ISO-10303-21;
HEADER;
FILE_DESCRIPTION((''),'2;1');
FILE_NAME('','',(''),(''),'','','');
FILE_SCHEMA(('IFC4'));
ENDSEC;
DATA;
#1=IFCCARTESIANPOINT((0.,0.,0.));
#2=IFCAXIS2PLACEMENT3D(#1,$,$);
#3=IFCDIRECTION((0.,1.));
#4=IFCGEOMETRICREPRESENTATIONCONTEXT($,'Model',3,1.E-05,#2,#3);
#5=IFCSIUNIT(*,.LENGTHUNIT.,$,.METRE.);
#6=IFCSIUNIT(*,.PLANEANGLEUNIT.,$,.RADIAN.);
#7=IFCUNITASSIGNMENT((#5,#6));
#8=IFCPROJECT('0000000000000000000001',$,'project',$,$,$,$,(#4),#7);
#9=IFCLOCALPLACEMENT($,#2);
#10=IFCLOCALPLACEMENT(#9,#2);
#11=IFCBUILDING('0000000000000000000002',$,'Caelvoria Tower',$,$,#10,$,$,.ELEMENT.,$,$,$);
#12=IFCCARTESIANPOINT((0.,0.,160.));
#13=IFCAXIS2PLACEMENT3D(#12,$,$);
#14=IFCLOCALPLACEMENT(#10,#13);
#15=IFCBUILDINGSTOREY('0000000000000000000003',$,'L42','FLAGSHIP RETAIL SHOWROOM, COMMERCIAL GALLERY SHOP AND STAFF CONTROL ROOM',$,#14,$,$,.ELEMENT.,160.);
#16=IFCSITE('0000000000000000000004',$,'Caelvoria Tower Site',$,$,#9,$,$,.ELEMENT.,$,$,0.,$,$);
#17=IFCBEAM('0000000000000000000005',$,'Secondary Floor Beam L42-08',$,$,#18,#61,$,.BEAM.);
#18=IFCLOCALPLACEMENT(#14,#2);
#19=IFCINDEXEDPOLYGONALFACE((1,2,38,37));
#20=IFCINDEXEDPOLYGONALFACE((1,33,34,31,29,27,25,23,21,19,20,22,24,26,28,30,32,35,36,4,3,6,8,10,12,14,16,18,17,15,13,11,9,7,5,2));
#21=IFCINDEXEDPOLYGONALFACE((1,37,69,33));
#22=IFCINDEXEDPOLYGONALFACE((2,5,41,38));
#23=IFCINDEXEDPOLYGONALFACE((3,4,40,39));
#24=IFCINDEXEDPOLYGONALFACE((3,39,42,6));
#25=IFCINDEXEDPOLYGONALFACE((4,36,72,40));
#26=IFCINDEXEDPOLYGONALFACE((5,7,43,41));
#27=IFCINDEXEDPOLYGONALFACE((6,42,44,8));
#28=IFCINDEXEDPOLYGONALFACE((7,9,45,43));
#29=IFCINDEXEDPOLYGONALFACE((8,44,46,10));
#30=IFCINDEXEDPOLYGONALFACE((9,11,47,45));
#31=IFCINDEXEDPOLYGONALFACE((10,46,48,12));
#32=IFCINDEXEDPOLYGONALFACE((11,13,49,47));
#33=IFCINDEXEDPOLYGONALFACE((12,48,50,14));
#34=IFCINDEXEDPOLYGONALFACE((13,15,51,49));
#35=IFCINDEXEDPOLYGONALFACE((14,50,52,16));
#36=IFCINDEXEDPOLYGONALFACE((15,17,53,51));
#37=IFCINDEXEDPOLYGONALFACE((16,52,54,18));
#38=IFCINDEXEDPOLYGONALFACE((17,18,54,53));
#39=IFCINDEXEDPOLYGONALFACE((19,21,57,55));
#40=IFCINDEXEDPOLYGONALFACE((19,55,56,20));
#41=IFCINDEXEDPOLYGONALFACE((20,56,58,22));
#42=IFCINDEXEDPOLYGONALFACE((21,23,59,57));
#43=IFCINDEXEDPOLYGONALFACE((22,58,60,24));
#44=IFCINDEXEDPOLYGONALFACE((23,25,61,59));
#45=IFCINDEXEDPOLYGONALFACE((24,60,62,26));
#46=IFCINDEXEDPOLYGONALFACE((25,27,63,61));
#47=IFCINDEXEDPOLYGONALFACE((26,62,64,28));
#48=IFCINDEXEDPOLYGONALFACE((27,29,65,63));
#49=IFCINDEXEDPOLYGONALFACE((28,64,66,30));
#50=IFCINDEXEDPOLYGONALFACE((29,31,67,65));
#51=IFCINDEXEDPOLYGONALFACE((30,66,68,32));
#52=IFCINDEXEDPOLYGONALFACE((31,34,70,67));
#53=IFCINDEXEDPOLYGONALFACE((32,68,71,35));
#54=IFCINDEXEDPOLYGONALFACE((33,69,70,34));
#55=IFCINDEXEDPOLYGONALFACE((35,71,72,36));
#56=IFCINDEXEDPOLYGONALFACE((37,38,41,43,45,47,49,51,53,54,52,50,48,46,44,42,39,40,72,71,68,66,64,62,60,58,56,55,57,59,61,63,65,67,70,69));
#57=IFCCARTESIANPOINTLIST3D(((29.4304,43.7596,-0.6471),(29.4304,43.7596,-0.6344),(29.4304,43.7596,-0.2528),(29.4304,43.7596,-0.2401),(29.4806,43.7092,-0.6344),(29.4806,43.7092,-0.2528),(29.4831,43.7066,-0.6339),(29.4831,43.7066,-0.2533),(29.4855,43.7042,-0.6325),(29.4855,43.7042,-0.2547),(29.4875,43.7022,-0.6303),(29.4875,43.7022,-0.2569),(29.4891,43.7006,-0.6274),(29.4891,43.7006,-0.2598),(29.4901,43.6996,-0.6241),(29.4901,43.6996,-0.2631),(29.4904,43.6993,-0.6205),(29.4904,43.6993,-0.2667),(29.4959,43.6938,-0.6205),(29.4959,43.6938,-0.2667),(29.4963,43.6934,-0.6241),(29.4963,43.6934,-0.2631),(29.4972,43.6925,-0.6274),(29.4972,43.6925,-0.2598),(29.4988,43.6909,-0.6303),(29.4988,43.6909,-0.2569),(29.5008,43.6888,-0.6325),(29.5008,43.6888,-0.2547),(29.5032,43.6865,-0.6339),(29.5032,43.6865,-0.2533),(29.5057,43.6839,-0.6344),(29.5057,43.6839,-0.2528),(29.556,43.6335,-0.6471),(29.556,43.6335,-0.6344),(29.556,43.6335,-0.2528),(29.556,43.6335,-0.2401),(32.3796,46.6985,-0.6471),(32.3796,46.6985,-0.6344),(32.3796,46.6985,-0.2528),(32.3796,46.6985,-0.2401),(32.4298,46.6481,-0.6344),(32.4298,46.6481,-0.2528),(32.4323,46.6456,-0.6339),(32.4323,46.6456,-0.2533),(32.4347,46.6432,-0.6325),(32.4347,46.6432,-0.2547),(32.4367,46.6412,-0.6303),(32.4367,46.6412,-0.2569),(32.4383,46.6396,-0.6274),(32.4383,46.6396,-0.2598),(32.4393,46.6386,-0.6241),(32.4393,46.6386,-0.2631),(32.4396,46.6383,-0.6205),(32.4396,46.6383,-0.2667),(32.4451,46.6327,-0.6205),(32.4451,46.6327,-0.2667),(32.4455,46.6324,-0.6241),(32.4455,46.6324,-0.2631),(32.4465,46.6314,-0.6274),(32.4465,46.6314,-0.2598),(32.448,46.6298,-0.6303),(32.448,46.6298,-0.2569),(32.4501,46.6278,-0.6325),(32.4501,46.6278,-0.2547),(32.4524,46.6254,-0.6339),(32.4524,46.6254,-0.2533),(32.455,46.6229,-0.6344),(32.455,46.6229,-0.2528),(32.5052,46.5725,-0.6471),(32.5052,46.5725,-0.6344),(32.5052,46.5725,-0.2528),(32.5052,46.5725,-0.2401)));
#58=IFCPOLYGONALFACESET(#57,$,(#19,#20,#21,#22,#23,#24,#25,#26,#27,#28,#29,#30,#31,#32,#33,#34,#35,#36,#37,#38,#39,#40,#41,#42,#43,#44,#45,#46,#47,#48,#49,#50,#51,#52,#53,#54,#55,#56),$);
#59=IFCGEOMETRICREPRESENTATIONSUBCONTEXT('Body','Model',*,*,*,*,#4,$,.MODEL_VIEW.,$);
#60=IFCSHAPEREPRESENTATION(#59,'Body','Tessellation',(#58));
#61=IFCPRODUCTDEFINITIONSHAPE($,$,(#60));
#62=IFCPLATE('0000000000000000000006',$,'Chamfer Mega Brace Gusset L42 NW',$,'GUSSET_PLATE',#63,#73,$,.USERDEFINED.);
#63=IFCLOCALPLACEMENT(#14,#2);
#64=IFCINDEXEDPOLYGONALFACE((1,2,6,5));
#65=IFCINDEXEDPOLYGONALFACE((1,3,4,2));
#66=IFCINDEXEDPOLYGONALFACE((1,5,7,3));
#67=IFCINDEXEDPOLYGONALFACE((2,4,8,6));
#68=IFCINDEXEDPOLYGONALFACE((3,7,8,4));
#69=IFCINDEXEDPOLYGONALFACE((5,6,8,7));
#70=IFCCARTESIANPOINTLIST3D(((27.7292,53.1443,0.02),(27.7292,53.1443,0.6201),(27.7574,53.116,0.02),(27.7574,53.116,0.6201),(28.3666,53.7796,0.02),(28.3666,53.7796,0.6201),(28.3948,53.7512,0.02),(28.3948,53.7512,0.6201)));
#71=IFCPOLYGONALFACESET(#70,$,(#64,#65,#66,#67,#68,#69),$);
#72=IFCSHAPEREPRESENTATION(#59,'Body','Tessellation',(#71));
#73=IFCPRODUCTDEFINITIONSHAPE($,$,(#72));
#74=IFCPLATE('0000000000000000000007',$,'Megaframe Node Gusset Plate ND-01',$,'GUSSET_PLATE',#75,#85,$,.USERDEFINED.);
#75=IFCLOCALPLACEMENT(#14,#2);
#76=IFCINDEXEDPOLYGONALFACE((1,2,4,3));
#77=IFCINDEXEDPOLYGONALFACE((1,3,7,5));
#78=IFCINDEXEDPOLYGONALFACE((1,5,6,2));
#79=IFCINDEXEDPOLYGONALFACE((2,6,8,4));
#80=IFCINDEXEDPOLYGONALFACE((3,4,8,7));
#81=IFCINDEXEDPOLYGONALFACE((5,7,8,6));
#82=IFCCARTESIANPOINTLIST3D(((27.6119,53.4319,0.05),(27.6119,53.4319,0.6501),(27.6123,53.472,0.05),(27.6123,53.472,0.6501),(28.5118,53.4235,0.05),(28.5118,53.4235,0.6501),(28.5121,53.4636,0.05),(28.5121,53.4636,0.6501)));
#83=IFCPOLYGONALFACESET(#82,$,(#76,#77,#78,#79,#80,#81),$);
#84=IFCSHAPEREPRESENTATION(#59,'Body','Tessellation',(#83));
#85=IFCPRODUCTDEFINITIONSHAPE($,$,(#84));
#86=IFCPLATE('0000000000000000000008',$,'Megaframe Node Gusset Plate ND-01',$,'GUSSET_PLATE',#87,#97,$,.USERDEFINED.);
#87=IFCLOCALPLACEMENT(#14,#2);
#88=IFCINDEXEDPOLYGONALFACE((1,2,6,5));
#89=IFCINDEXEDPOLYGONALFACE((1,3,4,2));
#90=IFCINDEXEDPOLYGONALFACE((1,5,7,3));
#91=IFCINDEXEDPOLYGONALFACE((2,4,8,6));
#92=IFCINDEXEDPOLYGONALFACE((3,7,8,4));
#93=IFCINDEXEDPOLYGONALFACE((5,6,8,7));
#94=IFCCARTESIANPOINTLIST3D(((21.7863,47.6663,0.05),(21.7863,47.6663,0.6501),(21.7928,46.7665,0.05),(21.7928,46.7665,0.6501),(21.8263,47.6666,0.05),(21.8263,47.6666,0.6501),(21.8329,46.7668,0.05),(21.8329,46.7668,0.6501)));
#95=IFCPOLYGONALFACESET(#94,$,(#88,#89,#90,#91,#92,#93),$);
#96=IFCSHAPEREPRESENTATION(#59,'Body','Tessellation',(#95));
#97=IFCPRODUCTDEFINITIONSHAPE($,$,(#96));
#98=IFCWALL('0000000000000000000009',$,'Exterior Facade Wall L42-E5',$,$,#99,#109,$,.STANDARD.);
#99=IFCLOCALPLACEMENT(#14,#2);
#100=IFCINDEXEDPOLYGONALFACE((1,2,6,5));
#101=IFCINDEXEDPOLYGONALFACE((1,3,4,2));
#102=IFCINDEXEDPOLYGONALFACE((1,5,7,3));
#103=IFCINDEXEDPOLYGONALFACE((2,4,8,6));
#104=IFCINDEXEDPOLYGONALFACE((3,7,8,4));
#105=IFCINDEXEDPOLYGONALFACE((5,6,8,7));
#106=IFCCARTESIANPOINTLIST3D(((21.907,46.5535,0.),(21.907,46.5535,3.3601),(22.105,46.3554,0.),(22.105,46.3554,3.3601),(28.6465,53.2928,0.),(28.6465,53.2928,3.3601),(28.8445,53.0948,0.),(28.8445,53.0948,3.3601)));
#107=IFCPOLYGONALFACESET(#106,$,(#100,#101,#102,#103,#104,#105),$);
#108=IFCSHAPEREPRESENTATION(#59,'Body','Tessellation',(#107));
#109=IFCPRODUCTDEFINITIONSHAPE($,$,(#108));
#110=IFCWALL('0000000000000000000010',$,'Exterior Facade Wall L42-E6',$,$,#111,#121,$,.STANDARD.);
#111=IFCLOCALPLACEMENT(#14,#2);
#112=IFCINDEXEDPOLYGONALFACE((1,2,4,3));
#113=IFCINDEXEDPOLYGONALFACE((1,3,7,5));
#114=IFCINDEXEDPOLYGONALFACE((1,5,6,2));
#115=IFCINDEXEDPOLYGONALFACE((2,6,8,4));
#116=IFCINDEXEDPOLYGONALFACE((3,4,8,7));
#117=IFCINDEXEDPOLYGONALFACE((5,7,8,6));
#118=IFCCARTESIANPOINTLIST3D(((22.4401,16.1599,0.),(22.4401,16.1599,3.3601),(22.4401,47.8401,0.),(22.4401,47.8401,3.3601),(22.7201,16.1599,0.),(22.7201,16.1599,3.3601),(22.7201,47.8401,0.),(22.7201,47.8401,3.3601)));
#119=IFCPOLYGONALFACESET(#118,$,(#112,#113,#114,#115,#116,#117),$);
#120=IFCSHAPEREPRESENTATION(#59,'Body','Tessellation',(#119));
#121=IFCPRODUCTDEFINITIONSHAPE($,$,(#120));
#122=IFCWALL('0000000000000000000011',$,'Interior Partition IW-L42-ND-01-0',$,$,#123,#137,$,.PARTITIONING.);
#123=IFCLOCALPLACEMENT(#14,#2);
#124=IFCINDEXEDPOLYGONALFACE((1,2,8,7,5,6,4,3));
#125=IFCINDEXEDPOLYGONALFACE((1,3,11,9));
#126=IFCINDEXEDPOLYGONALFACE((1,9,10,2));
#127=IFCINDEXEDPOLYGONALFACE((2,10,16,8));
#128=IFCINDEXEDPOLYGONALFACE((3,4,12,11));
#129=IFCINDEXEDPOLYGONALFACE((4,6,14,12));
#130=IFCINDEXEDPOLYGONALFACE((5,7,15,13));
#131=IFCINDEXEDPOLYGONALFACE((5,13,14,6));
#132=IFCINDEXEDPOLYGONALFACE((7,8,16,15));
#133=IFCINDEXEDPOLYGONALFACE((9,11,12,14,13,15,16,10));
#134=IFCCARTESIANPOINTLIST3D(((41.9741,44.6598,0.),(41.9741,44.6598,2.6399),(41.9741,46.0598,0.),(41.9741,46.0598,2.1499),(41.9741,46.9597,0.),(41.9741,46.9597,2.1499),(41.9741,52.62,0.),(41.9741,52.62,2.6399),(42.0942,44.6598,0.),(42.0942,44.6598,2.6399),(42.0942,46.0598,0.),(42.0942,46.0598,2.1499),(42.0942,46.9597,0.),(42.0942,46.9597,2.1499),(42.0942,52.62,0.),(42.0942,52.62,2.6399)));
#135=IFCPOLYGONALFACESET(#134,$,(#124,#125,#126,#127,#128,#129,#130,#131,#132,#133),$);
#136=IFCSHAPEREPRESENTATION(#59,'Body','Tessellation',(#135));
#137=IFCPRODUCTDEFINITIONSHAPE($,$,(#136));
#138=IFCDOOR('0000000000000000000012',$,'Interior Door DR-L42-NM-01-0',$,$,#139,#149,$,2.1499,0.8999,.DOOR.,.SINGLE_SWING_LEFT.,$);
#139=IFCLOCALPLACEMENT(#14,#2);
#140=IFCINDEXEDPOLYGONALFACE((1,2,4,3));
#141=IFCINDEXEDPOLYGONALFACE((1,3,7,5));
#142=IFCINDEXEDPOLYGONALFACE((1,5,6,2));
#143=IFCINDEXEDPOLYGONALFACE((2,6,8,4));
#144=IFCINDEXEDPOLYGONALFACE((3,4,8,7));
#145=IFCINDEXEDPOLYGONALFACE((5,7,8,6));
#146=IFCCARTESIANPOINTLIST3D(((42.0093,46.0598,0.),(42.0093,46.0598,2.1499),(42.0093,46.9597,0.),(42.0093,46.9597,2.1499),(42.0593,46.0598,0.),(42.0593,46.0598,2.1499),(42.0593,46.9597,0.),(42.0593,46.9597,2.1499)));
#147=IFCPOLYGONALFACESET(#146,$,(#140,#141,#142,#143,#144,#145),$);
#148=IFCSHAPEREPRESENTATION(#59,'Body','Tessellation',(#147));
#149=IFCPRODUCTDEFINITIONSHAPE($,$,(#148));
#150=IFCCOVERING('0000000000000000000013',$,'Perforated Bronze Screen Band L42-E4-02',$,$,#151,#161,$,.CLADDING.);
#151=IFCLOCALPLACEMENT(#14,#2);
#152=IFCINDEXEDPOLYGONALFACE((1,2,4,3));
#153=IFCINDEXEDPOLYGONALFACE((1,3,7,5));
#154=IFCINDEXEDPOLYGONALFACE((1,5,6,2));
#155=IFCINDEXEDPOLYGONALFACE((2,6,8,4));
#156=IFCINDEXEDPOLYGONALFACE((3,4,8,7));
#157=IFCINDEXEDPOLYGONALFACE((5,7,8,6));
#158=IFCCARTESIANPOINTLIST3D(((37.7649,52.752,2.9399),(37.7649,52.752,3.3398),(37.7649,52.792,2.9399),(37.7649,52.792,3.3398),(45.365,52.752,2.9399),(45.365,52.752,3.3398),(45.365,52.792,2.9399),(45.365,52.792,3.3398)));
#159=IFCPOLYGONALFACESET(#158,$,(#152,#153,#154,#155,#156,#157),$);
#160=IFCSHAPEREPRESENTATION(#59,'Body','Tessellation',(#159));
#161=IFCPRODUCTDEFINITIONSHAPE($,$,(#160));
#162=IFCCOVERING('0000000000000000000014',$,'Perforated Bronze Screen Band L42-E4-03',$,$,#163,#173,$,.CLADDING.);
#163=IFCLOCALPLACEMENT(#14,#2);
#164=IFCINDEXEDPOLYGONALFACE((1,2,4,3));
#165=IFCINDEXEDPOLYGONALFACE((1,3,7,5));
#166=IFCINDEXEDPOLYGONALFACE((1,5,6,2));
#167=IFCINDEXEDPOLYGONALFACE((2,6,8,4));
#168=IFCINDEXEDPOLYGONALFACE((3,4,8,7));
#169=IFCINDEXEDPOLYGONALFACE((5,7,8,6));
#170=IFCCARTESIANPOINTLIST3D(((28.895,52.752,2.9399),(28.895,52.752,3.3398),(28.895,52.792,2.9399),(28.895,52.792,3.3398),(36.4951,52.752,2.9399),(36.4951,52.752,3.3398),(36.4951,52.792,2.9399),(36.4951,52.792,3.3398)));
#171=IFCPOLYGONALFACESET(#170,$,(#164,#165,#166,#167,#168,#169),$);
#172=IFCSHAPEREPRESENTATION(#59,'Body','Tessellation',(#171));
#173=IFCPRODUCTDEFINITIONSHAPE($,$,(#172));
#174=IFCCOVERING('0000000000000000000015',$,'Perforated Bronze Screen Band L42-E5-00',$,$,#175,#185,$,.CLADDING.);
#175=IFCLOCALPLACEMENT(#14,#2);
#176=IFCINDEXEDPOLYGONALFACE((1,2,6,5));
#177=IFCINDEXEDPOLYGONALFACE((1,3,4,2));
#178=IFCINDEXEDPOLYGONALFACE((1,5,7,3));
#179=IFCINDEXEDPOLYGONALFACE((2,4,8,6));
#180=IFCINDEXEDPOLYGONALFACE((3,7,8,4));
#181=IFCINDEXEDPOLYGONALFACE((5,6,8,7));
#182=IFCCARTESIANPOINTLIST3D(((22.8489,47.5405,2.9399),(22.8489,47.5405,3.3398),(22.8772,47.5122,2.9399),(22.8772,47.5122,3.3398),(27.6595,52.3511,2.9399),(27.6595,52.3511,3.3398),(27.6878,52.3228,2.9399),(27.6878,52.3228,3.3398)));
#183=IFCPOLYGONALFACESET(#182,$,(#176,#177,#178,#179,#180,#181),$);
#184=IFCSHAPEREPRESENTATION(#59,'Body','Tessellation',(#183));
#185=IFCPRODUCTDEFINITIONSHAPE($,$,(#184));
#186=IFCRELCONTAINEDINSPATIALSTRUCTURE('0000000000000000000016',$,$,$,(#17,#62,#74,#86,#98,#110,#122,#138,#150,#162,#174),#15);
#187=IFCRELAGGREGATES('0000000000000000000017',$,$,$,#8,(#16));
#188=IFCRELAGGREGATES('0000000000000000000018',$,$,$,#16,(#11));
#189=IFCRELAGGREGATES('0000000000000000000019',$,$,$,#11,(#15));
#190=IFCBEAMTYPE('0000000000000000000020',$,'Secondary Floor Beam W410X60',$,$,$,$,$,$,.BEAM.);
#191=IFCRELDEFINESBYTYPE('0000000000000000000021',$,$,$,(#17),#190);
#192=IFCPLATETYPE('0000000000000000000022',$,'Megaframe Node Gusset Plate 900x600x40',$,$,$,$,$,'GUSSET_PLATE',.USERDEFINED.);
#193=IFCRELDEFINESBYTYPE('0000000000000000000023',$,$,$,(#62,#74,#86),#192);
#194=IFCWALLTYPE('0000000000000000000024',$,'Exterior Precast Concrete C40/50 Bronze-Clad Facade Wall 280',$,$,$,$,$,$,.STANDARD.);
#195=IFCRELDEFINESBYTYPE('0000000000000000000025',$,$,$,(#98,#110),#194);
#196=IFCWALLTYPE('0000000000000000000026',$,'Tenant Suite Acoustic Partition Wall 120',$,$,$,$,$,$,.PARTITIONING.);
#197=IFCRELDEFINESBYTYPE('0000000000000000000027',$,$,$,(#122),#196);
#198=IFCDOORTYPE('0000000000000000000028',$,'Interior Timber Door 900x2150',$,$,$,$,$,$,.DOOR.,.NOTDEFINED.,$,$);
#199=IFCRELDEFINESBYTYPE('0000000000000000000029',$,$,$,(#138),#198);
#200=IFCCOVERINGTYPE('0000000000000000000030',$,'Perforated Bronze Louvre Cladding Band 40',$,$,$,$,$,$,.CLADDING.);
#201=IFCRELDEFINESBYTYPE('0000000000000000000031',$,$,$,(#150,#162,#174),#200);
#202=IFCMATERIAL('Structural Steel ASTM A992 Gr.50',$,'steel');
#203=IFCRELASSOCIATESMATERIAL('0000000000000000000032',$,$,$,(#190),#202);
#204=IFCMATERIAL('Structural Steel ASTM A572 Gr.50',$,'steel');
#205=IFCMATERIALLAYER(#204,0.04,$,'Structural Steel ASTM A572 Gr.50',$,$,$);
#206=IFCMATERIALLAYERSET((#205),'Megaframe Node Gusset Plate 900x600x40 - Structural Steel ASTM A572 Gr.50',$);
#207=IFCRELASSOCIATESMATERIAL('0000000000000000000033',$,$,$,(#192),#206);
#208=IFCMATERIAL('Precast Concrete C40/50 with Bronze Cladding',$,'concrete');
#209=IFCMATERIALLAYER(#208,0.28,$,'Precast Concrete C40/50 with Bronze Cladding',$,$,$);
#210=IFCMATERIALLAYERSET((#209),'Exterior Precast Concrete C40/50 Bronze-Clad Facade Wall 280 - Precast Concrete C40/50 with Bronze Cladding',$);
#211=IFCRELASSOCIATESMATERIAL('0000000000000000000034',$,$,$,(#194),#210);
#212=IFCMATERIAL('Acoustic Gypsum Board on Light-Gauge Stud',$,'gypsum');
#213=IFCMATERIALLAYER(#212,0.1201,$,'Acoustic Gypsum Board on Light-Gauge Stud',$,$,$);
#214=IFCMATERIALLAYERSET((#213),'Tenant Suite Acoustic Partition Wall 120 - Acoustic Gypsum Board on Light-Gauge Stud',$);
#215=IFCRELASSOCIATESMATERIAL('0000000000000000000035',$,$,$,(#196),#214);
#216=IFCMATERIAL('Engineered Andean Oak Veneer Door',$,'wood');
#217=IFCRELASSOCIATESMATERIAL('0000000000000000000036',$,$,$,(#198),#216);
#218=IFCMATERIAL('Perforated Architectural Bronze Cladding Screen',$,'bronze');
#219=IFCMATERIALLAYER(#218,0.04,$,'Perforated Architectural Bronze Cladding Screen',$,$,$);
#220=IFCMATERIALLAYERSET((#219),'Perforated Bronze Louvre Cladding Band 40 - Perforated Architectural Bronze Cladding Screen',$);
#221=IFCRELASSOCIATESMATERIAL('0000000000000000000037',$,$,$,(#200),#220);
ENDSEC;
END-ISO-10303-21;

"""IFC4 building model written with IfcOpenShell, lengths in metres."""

from ifc_helpers import new_model, si_unit, direction, frame, frame_2d, origin, origin_2d, place, context, subcontext, project, spatial, rectangle, i_section, extrude, material, layer, layer_set, material_profile, profile_set, type_object, element, fill, save


model = new_model("IFC4")

# Units and contexts
model_context = context("Model", 3, precision=1e-05, world=origin(), true_north=direction((0.0, 1.0)))
body_context = subcontext(model_context, "Body", "Model", "MODEL_VIEW")
ifc_project = project(units=[si_unit("LENGTHUNIT", "METRE"), si_unit("PLANEANGLEUNIT", "RADIAN")], contexts=[model_context])

# Site, building, storey
site_placement = place(None, origin())
site = spatial("IfcSite", under=ifc_project, at=site_placement, Name="Caelvoria Tower Site", CompositionType="ELEMENT", RefElevation=0.0)
building_placement = place(site_placement, origin())
building = spatial("IfcBuilding", under=site, at=building_placement, Name="Caelvoria Tower", CompositionType="ELEMENT")
storey_placement = place(building_placement, frame((0.0, 0.0, 160.0)))
storey = spatial("IfcBuildingStorey", under=building, at=storey_placement, Name="L42", Description="FLAGSHIP RETAIL SHOWROOM, COMMERCIAL GALLERY SHOP AND STAFF CONTROL ROOM", CompositionType="ELEMENT", Elevation=160.0)

# Shared definitions
ifc_material_1 = material(Name="Structural Steel ASTM A572 Gr.50", Category="steel")

# Beam
ifc_material_2 = material(Name="Structural Steel ASTM A992 Gr.50", Category="steel")
ifc_material_profile_1 = material_profile(ifc_material_2, i_section(OverallWidth=0.178, OverallDepth=0.407, WebThickness=0.0078, FlangeThickness=0.0127, FilletRadius=0.0139, at=origin_2d()), Name="Structural Steel ASTM A992 Gr.50")
ifc_profile_set_1 = profile_set([ifc_material_profile_1], Name="W410X60 - Structural Steel ASTM A992 Gr.50")
beam_type_1 = type_object("IfcBeamType", Name="Secondary Floor Beam W410X60", PredefinedType="BEAM", material=ifc_profile_set_1)
beam_1_placement = place(storey_placement, frame((32.4424, 46.6355, -0.4436), z_axis=(-0.708337, -0.705874, 0.0), x_axis=(0.705874, -0.708337, 0.0)))
element("IfcBeam", 1, at=beam_1_placement, inside=storey, type_object=beam_type_1, Name="Secondary Floor Beam L42-08", PredefinedType="BEAM", context=body_context, shape_type="SweptSolid", body=[
    extrude(i_section(OverallWidth=0.178, OverallDepth=0.407, WebThickness=0.0078, FlangeThickness=0.0127, FilletRadius=0.0139, at=origin_2d()), origin(), (0.0, 0.0, 1.0), 4.1636),
])

# Plates
ifc_layer_1 = layer(ifc_material_1, 0.04, Name="Structural Steel ASTM A572 Gr.50")
ifc_layer_set_1 = layer_set([ifc_layer_1], Name="Megaframe Node Gusset Plate 900x600x40 - Structural Steel ASTM A572 Gr.50")
plate_type = type_object("IfcPlateType", Name="Megaframe Node Gusset Plate 900x600x40", ElementType="GUSSET_PLATE", PredefinedType="USERDEFINED", material=ifc_layer_set_1)
for number, where, z_axis, x_axis, name in (
    (2, (28.062, 53.4478, 0.02), (0.0, 0.0, 1.0), (-0.708313, -0.705899, 0.0), "Chamfer Mega Brace Gusset L42 NW"),
    (3, (28.062, 53.4478, 0.05), (0.0, 0.0, 1.0), (0.999956, -0.009348, 0.0), "Megaframe Node Gusset Plate ND-01"),
    (4, (21.8096, 47.2166, 0.05), (0.0, 0.0, 1.0), (0.007262, -0.999974, 0.0), "Megaframe Node Gusset Plate ND-01"),
):
    element("IfcPlate", number, at=place(storey_placement, frame(where, z_axis=z_axis, x_axis=x_axis)), inside=storey, type_object=plate_type, Name=name, ObjectType="GUSSET_PLATE", PredefinedType="USERDEFINED", context=body_context, shape_type="SweptSolid", body=[
        extrude(rectangle(XDim=0.8999, YDim=0.04, at=origin_2d()), origin(), (0.0, 0.0, 1.0), 0.6001),
    ])

# Walls
ifc_material_3 = material(Name="Precast Concrete C40/50 with Bronze Cladding", Category="concrete")
ifc_layer_2 = layer(ifc_material_3, 0.28, Name="Precast Concrete C40/50 with Bronze Cladding")
ifc_layer_set_2 = layer_set([ifc_layer_2], Name="Exterior Precast Concrete C40/50 Bronze-Clad Facade Wall 280 - Precast Concrete C40/50 with Bronze Cladding")
wall_type_1 = type_object("IfcWallType", Name="Exterior Precast Concrete C40/50 Bronze-Clad Facade Wall 280", PredefinedType="STANDARD", material=ifc_layer_set_2)
wall_1_placement = place(storey_placement, frame((28.7456, 53.1938, 0.0), z_axis=(0.0, 0.0, 1.0), x_axis=(-0.70712, -0.707094, 0.0)))
element("IfcWall", 5, at=wall_1_placement, inside=storey, type_object=wall_type_1, Name="Exterior Facade Wall L42-E5", PredefinedType="STANDARD", context=body_context, shape_type="SweptSolid", body=[
    extrude(rectangle(XDim=9.531, YDim=0.28, at=frame_2d((4.7656, 0.0))), origin(), (0.0, 0.0, 1.0), 3.3601),
])
wall_2_placement = place(storey_placement, frame((22.5801, 47.8401, 0.0), z_axis=(0.0, 0.0, 1.0), x_axis=(0.0, -1.0, 0.0)))
element("IfcWall", 6, at=wall_2_placement, inside=storey, type_object=wall_type_1, Name="Exterior Facade Wall L42-E6", PredefinedType="STANDARD", context=body_context, shape_type="SweptSolid", body=[
    extrude(rectangle(XDim=31.6802, YDim=0.28, at=frame_2d((15.8401, 0.0))), origin(), (0.0, 0.0, 1.0), 3.3601),
])

# Wall, opening, door
ifc_material_4 = material(Name="Acoustic Gypsum Board on Light-Gauge Stud", Category="gypsum")
ifc_layer_3 = layer(ifc_material_4, 0.1201, Name="Acoustic Gypsum Board on Light-Gauge Stud")
ifc_layer_set_3 = layer_set([ifc_layer_3], Name="Tenant Suite Acoustic Partition Wall 120 - Acoustic Gypsum Board on Light-Gauge Stud")
wall_type_2 = type_object("IfcWallType", Name="Tenant Suite Acoustic Partition Wall 120", PredefinedType="PARTITIONING", material=ifc_layer_set_3)
wall_3_placement = place(storey_placement, frame((42.0342, 44.6599, 0.0), z_axis=(0.0, 0.0, 1.0), x_axis=(0.0, 1.0, 0.0)))
wall_3 = element("IfcWall", 7, at=wall_3_placement, inside=storey, type_object=wall_type_2, Name="Interior Partition IW-L42-ND-01-0", PredefinedType="PARTITIONING", context=body_context, shape_type="SweptSolid", body=[
    extrude(rectangle(XDim=7.9602, YDim=0.1201, at=frame_2d((3.98, 0.0))), origin(), (0.0, 0.0, 1.0), 2.6399),
])
opening_placement = place(wall_3_placement, frame((1.3999, 0.0, 0.0)))
opening = element("IfcOpeningElement", 8, at=opening_placement, cuts=wall_3, PredefinedType="OPENING", context=body_context, shape_type="SweptSolid", body=[
    extrude(rectangle(XDim=0.8999, YDim=2.1499, at=frame_2d((0.45, 1.075))), frame((0.0, 0.0701, 0.0), z_axis=(0.0, -1.0, 0.0), x_axis=(1.0, 0.0, 0.0)), (0.0, 0.0, 1.0), 0.1401),
])
ifc_material_5 = material(Name="Engineered Andean Oak Veneer Door", Category="wood")
door_type = type_object("IfcDoorType", Name="Interior Timber Door 900x2150", OperationType="NOTDEFINED", PredefinedType="DOOR", material=ifc_material_5)
door_placement = place(opening_placement, origin())
door = element("IfcDoor", 9, at=door_placement, inside=storey, type_object=door_type, Name="Interior Door DR-L42-NM-01-0", OperationType="SINGLE_SWING_LEFT", OverallHeight=2.1499, OverallWidth=0.8999, PredefinedType="DOOR", context=body_context, shape_type="SweptSolid", body=[
    extrude(rectangle(XDim=0.8999, YDim=2.1499, at=frame_2d((0.45, 1.075))), frame((0.0, 0.0249, 0.0), z_axis=(0.0, -1.0, 0.0), x_axis=(1.0, 0.0, 0.0)), (0.0, 0.0, 1.0), 0.05),
])
fill(opening, door)

# Coverings
ifc_material_6 = material(Name="Perforated Architectural Bronze Cladding Screen", Category="bronze")
ifc_layer_4 = layer(ifc_material_6, 0.04, Name="Perforated Architectural Bronze Cladding Screen")
ifc_layer_set_4 = layer_set([ifc_layer_4], Name="Perforated Bronze Louvre Cladding Band 40 - Perforated Architectural Bronze Cladding Screen")
covering_type = type_object("IfcCoveringType", Name="Perforated Bronze Louvre Cladding Band 40", PredefinedType="CLADDING", material=ifc_layer_set_4)
for number, where, z_axis, x_axis, name in (
    (10, (41.5649, 52.772, 2.9399), (0.0, 0.0, 1.0), (-1.0, 0.0, 0.0), "Perforated Bronze Screen Band L42-E4-02"),
    (11, (32.6951, 52.772, 2.9399), (0.0, 0.0, 1.0), (-1.0, 0.0, 0.0), "Perforated Bronze Screen Band L42-E4-03"),
):
    element("IfcCovering", number, at=place(storey_placement, frame(where, z_axis=z_axis, x_axis=x_axis)), inside=storey, type_object=covering_type, Name=name, PredefinedType="CLADDING", context=body_context, shape_type="SweptSolid", body=[
        extrude(rectangle(XDim=7.6001, YDim=0.04, at=origin_2d()), origin(), (0.0, 0.0, 1.0), 0.3999),
    ])
covering_placement = place(storey_placement, frame((25.2683, 49.9316, 2.9399), z_axis=(0.0, 0.0, 1.0), x_axis=(-0.707107, -0.707107, 0.0)))
element("IfcCovering", 12, at=covering_placement, inside=storey, type_object=covering_type, Name="Perforated Bronze Screen Band L42-E5-00", PredefinedType="CLADDING", context=body_context, shape_type="SweptSolid", body=[
    extrude(rectangle(XDim=6.8032, YDim=0.04, at=origin_2d()), origin(), (0.0, 0.0, 1.0), 0.3999),
])

save(model, "model.ifc")
